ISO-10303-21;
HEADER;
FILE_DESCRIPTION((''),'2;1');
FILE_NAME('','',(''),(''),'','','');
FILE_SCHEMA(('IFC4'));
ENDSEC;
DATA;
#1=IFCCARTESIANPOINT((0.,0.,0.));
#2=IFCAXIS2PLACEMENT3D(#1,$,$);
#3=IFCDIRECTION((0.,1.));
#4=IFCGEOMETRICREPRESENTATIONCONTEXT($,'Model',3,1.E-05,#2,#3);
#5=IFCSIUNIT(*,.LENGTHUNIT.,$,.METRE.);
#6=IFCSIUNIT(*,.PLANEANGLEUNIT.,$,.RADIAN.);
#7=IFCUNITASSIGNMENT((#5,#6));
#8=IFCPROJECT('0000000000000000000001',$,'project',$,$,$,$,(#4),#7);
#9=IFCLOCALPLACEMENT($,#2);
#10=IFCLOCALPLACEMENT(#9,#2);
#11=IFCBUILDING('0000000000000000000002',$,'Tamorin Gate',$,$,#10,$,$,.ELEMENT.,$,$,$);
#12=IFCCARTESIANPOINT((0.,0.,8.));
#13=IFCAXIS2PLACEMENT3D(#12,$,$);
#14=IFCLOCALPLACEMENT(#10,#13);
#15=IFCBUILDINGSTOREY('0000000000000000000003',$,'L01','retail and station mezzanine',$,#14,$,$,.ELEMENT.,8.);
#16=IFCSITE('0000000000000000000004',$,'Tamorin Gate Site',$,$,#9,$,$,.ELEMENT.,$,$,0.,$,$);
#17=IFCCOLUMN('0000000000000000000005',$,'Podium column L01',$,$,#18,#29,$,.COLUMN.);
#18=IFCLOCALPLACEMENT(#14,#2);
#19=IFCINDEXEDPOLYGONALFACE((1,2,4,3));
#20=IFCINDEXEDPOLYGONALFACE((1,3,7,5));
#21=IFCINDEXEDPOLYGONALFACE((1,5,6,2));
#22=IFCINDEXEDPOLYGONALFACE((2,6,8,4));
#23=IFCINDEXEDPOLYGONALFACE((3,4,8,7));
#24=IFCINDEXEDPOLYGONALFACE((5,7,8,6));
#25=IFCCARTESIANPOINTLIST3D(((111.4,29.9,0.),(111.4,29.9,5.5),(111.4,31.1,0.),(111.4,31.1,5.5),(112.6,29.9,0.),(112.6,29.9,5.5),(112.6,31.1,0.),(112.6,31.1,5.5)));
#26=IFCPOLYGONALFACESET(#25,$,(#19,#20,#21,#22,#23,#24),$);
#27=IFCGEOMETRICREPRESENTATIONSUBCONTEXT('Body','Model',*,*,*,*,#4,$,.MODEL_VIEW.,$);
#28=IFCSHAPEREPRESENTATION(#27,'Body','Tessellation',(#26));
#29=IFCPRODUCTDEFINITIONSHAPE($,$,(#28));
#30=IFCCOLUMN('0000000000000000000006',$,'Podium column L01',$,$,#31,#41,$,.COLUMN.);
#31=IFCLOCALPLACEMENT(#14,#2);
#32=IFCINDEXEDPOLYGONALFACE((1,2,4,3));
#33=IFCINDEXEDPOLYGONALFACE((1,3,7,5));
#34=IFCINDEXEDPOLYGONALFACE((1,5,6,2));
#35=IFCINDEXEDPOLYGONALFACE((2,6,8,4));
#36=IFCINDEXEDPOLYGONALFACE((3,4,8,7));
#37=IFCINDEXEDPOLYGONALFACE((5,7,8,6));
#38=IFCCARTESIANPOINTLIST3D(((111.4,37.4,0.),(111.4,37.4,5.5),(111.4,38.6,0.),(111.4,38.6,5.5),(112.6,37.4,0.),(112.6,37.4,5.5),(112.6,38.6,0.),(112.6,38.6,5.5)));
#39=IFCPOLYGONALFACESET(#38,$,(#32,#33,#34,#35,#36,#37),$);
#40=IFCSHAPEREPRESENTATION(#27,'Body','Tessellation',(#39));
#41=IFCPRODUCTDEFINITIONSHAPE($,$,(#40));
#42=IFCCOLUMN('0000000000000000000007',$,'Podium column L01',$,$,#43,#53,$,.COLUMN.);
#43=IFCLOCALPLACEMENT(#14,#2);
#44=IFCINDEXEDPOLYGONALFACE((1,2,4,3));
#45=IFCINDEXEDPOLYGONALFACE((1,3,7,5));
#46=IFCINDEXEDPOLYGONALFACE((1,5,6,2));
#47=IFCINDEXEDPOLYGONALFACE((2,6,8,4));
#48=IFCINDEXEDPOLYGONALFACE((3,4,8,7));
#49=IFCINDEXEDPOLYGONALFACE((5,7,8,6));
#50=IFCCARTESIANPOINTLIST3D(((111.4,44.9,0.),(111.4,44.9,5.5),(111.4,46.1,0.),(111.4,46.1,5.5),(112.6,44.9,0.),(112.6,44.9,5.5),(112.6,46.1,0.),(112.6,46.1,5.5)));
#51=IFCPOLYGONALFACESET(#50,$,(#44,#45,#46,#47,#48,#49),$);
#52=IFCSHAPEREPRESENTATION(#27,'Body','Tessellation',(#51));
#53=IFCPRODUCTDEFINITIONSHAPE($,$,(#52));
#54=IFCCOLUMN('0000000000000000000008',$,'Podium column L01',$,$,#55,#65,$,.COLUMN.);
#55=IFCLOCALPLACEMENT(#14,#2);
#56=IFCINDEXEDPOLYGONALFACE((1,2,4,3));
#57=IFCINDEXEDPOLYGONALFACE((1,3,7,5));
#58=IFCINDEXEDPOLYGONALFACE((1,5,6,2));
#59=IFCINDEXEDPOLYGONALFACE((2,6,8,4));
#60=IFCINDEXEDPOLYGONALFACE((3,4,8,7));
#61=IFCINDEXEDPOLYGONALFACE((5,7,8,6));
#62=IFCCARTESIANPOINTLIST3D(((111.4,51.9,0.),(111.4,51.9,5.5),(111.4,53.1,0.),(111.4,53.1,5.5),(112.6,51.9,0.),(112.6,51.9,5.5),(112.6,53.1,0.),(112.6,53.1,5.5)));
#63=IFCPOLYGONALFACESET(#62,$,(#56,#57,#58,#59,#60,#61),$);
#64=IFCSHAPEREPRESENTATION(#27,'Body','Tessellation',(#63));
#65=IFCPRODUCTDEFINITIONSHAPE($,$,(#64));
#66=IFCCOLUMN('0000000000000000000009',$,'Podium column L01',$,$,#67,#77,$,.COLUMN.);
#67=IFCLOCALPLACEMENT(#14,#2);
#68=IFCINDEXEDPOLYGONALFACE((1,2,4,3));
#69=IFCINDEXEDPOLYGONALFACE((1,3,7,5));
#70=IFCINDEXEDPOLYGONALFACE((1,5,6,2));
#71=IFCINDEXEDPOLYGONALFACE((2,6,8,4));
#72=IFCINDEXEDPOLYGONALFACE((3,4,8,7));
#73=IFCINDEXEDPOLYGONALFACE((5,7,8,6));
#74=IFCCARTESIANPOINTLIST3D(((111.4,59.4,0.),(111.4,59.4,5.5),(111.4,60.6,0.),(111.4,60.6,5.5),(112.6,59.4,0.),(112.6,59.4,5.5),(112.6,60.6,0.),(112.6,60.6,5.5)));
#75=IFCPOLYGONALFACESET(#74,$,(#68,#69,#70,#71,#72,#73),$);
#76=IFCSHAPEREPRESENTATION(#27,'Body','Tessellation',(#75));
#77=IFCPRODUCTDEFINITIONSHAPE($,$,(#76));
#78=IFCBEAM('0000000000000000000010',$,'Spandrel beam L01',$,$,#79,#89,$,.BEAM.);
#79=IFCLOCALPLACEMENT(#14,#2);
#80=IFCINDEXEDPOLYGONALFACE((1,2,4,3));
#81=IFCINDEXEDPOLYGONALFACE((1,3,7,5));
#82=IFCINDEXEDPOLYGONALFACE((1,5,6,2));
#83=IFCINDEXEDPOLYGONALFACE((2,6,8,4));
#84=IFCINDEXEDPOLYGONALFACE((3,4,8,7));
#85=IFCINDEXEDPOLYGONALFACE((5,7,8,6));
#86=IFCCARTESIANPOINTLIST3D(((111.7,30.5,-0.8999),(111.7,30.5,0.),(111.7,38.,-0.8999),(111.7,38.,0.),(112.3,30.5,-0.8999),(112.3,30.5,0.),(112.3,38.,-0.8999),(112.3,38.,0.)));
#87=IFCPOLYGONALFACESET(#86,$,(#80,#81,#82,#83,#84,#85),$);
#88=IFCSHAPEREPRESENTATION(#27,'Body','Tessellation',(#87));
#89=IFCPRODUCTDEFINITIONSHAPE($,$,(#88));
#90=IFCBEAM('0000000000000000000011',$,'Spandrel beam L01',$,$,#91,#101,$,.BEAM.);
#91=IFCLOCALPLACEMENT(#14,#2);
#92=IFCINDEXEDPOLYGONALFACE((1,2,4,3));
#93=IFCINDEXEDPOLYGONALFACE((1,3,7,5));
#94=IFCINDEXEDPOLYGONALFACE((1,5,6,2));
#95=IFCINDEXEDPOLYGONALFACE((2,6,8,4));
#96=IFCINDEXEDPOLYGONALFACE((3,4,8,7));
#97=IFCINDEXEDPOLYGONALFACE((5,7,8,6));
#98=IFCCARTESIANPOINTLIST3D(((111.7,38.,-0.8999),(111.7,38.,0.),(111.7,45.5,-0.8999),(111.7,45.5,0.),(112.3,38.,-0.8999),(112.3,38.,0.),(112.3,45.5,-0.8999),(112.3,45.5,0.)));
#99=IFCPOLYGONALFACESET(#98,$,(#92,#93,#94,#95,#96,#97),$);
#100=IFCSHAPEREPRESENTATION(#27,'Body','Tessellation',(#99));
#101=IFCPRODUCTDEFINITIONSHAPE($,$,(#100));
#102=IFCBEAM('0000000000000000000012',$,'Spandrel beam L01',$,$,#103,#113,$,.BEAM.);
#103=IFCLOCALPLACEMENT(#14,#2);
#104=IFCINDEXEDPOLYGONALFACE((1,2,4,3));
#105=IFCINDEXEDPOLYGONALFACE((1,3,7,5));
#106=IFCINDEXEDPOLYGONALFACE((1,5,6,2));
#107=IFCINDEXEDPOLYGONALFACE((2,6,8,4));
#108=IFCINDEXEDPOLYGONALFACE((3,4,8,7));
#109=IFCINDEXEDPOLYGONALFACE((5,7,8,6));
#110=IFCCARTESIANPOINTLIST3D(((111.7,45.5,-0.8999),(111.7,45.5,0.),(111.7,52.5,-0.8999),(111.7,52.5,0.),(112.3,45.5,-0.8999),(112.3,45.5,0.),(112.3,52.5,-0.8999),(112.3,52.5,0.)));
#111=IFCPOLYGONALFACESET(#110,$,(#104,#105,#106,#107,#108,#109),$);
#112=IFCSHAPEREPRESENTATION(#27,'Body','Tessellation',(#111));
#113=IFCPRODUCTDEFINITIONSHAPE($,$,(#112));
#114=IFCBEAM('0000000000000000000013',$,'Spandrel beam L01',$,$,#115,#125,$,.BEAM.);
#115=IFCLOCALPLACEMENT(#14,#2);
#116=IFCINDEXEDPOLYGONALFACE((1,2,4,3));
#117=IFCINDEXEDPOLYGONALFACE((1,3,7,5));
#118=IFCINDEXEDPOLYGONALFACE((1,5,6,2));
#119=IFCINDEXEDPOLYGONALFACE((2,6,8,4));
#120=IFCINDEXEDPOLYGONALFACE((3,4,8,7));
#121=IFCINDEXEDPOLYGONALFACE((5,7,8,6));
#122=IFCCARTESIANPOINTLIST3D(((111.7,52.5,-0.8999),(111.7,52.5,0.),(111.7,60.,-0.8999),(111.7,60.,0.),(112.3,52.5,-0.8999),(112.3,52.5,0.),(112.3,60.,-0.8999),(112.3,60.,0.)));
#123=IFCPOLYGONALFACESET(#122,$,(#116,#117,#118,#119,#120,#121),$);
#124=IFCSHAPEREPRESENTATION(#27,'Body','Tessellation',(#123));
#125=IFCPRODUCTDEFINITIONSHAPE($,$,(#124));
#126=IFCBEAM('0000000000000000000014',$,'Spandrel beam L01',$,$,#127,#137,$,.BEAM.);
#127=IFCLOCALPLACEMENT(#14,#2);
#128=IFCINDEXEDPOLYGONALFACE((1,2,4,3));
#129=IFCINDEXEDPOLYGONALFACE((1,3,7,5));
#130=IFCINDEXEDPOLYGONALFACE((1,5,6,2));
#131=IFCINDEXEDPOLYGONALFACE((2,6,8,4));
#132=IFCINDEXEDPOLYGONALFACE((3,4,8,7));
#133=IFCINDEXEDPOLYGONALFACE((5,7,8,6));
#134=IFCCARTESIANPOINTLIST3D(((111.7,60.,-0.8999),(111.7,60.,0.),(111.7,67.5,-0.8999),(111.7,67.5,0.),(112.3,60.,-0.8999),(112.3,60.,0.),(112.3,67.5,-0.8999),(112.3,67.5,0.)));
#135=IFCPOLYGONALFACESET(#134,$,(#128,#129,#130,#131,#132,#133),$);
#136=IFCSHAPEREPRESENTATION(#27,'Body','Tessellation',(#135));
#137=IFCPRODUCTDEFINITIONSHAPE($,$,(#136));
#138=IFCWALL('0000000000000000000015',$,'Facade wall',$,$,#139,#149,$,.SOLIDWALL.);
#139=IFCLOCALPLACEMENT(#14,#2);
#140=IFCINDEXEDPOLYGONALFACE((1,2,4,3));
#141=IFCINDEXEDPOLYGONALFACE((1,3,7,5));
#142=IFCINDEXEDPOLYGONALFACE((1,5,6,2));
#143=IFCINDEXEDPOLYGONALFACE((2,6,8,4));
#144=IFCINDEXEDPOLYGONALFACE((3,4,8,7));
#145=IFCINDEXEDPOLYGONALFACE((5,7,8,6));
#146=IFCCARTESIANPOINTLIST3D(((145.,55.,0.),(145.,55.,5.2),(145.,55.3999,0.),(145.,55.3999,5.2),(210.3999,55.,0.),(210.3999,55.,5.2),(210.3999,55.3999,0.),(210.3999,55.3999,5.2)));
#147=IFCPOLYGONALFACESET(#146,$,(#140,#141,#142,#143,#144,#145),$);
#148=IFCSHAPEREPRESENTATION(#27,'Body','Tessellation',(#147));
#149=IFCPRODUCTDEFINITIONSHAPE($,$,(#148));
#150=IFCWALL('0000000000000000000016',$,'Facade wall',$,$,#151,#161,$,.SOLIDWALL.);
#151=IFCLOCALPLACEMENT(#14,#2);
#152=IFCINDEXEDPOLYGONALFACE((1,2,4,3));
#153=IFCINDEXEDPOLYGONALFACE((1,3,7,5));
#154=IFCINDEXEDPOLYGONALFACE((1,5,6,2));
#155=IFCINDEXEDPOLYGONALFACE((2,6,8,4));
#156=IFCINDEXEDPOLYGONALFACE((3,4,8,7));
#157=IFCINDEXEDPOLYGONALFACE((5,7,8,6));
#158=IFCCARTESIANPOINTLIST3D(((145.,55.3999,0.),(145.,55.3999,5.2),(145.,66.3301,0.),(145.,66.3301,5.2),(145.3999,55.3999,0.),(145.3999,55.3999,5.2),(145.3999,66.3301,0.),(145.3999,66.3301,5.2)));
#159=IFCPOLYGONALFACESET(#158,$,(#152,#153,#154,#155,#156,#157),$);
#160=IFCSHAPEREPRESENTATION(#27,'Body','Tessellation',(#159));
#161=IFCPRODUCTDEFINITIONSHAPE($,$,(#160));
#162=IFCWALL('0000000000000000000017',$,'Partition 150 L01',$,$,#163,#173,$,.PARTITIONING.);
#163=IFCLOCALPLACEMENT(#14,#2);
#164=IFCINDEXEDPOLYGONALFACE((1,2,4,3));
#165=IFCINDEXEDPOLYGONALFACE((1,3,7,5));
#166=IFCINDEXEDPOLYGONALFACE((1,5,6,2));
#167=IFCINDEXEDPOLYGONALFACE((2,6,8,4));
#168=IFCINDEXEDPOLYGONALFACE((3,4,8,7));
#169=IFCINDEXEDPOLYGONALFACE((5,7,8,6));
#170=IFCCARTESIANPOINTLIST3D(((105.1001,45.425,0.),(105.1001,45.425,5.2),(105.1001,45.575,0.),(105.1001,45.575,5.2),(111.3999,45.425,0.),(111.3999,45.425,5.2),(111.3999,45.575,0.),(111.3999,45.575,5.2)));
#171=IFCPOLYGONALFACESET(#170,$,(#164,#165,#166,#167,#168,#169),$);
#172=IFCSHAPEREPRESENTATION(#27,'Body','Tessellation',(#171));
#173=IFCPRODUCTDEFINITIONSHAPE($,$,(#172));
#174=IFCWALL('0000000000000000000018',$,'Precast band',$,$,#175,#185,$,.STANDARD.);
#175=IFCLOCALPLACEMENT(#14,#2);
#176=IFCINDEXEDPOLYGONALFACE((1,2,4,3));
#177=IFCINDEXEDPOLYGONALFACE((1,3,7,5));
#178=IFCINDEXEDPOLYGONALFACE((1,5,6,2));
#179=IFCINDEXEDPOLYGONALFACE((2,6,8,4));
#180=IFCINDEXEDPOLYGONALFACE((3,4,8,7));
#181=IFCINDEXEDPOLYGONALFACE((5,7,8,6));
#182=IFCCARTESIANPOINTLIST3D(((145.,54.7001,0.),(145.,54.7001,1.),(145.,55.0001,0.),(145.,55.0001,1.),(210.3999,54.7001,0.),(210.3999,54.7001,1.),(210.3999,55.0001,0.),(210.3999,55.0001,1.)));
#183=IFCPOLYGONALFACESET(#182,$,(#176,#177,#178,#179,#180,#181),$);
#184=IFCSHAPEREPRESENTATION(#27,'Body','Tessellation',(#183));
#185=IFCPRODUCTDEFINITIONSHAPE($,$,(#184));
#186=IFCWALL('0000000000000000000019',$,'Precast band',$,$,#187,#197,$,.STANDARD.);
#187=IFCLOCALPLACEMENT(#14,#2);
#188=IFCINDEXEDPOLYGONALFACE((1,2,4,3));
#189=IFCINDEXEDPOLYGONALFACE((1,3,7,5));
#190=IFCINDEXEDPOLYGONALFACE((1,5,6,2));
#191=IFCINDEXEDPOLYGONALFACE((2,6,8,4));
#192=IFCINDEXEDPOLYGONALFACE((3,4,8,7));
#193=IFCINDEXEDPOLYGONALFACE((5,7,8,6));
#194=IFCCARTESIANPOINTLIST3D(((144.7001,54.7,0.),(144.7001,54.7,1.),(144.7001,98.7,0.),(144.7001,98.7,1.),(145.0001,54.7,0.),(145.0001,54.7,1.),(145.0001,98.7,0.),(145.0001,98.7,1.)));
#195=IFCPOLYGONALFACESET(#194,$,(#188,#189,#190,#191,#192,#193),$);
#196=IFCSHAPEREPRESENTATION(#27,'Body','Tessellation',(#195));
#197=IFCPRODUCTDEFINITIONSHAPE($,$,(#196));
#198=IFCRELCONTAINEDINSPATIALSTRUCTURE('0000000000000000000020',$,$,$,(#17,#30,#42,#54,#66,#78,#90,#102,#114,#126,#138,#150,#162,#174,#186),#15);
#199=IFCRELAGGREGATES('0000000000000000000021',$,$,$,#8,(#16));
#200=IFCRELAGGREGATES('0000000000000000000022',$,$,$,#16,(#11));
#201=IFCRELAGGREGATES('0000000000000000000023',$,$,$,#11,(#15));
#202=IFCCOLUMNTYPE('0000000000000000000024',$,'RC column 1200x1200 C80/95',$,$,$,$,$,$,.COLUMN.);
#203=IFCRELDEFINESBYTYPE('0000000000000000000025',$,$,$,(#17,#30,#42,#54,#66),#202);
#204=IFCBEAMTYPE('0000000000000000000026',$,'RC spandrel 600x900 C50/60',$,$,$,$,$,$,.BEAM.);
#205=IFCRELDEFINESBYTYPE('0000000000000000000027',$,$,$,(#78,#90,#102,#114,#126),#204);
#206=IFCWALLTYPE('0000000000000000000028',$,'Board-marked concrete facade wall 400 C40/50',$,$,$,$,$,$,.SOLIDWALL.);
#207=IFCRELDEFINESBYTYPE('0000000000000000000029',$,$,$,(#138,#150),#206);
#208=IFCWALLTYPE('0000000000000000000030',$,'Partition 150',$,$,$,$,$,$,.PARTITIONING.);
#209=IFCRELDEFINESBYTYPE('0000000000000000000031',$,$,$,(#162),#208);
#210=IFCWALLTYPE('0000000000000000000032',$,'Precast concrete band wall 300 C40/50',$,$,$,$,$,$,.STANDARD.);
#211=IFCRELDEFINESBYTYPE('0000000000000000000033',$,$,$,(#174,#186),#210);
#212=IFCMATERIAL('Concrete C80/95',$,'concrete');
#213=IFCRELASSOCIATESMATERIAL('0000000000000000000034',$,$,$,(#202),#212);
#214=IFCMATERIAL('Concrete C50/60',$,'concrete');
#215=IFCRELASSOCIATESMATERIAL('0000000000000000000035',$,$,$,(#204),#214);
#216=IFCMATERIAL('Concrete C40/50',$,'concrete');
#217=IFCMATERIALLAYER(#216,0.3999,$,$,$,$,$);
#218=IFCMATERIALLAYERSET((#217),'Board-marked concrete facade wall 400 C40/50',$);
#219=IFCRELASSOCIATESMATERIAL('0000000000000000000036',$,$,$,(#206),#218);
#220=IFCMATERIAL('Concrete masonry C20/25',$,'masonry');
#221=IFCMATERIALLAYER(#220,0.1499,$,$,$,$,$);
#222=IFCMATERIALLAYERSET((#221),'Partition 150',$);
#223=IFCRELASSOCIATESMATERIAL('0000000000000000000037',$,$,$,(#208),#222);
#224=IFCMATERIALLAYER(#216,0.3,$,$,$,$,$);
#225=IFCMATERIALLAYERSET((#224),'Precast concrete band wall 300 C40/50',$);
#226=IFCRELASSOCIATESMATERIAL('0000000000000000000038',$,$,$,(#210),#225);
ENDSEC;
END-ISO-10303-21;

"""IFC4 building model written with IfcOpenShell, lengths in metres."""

from ifc_helpers import new_model, si_unit, direction, frame, frame_2d, origin, origin_2d, place, context, subcontext, project, spatial, rectangle, extrude, material, layer, layer_set, material_profile, profile_set, type_object, element, save


model = new_model("IFC4")

# Units and contexts
model_context = context("Model", 3, precision=1e-05, world=origin(), true_north=direction((0.0, 1.0)))
body_context = subcontext(model_context, "Body", "Model", "MODEL_VIEW")
ifc_project = project(units=[si_unit("LENGTHUNIT", "METRE"), si_unit("PLANEANGLEUNIT", "RADIAN")], contexts=[model_context])

# Site, building, storey
site_placement = place(None, origin())
site = spatial("IfcSite", under=ifc_project, at=site_placement, Name="Tamorin Gate Site", CompositionType="ELEMENT", RefElevation=0.0)
building_placement = place(site_placement, origin())
building = spatial("IfcBuilding", under=site, at=building_placement, Name="Tamorin Gate", CompositionType="ELEMENT")
storey_placement = place(building_placement, frame((0.0, 0.0, 8.0)))
storey = spatial("IfcBuildingStorey", under=building, at=storey_placement, Name="L01", Description="retail and station mezzanine", CompositionType="ELEMENT", Elevation=8.0)

# Columns
ifc_material_1 = material(Name="Concrete C80/95", Category="concrete")
ifc_material_profile_1 = material_profile(ifc_material_1, rectangle(XDim=1.2, YDim=1.2, at=origin_2d()), Name="RC 1200x1200")
ifc_profile_set_1 = profile_set([ifc_material_profile_1], Name="Concrete C80/95")
column_type = type_object("IfcColumnType", Name="RC column 1200x1200 C80/95", PredefinedType="COLUMN", material=ifc_profile_set_1)
for number, where, z_axis, x_axis, name in (
    (1, (112.0, 30.5, 0.0), (0.0, 0.0, 1.0), (1.0, 0.0, 0.0), "Podium column L01"),
    (2, (112.0, 38.0, 0.0), (0.0, 0.0, 1.0), (1.0, 0.0, 0.0), "Podium column L01"),
    (3, (112.0, 45.5, 0.0), (0.0, 0.0, 1.0), (1.0, 0.0, 0.0), "Podium column L01"),
    (4, (112.0, 52.5, 0.0), (0.0, 0.0, 1.0), (1.0, 0.0, 0.0), "Podium column L01"),
    (5, (112.0, 60.0, 0.0), (0.0, 0.0, 1.0), (1.0, 0.0, 0.0), "Podium column L01"),
):
    element("IfcColumn", number, at=place(storey_placement, frame(where, z_axis=z_axis, x_axis=x_axis)), inside=storey, type_object=column_type, Name=name, PredefinedType="COLUMN", context=body_context, shape_type="SweptSolid", body=[
        extrude(rectangle(XDim=1.2, YDim=1.2, at=origin_2d()), origin(), (0.0, 0.0, 1.0), 5.5),
    ])

# Beams
ifc_material_2 = material(Name="Concrete C50/60", Category="concrete")
ifc_material_profile_2 = material_profile(ifc_material_2, rectangle(XDim=0.6001, YDim=0.8999, at=origin_2d()), Name="RC 600x900")
ifc_profile_set_2 = profile_set([ifc_material_profile_2], Name="Concrete C50/60")
beam_type = type_object("IfcBeamType", Name="RC spandrel 600x900 C50/60", PredefinedType="BEAM", material=ifc_profile_set_2)
for number, where, z_axis, x_axis, name in (
    (6, (112.0, 30.5, -0.45), (0.0, 1.0, 0.0), (-1.0, 0.0, 0.0), "Spandrel beam L01"),
    (7, (112.0, 38.0, -0.45), (0.0, 1.0, 0.0), (-1.0, 0.0, 0.0), "Spandrel beam L01"),
):
    element("IfcBeam", number, at=place(storey_placement, frame(where, z_axis=z_axis, x_axis=x_axis)), inside=storey, type_object=beam_type, Name=name, PredefinedType="BEAM", context=body_context, shape_type="SweptSolid", body=[
        extrude(rectangle(XDim=0.6001, YDim=0.8999, at=origin_2d()), origin(), (0.0, 0.0, 1.0), 7.5),
    ])
beam_placement = place(storey_placement, frame((112.0, 45.5, -0.45), z_axis=(0.0, 1.0, 0.0), x_axis=(-1.0, 0.0, 0.0)))
element("IfcBeam", 8, at=beam_placement, inside=storey, type_object=beam_type, Name="Spandrel beam L01", PredefinedType="BEAM", context=body_context, shape_type="SweptSolid", body=[
    extrude(rectangle(XDim=0.6001, YDim=0.8999, at=origin_2d()), origin(), (0.0, 0.0, 1.0), 7.0),
])
for number, where, z_axis, x_axis, name in (
    (9, (112.0, 52.5, -0.45), (0.0, 1.0, 0.0), (-1.0, 0.0, 0.0), "Spandrel beam L01"),
    (10, (112.0, 60.0, -0.45), (0.0, 1.0, 0.0), (-1.0, 0.0, 0.0), "Spandrel beam L01"),
):
    element("IfcBeam", number, at=place(storey_placement, frame(where, z_axis=z_axis, x_axis=x_axis)), inside=storey, type_object=beam_type, Name=name, PredefinedType="BEAM", context=body_context, shape_type="SweptSolid", body=[
        extrude(rectangle(XDim=0.6001, YDim=0.8999, at=origin_2d()), origin(), (0.0, 0.0, 1.0), 7.5),
    ])

# Walls
ifc_material_3 = material(Name="Concrete C40/50", Category="concrete")
ifc_layer_1 = layer(ifc_material_3, 0.3999)
ifc_layer_set_1 = layer_set([ifc_layer_1], Name="Board-marked concrete facade wall 400 C40/50")
wall_type_1 = type_object("IfcWallType", Name="Board-marked concrete facade wall 400 C40/50", PredefinedType="SOLIDWALL", material=ifc_layer_set_1)
wall_1_placement = place(storey_placement, frame((145.0, 55.2, 0.0), z_axis=(0.0, 0.0, 1.0), x_axis=(1.0, 0.0, 0.0)))
element("IfcWall", 11, at=wall_1_placement, inside=storey, type_object=wall_type_1, Name="Facade wall", PredefinedType="SOLIDWALL", context=body_context, shape_type="SweptSolid", body=[
    extrude(rectangle(XDim=65.3999, YDim=0.3999, at=frame_2d((32.7, 0.0))), origin(), (0.0, 0.0, 1.0), 5.2),
])
wall_2_placement = place(storey_placement, frame((145.2, 55.3999, 0.0), z_axis=(0.0, 0.0, 1.0), x_axis=(0.0, 1.0, 0.0)))
element("IfcWall", 12, at=wall_2_placement, inside=storey, type_object=wall_type_1, Name="Facade wall", PredefinedType="SOLIDWALL", context=body_context, shape_type="SweptSolid", body=[
    extrude(rectangle(XDim=10.9302, YDim=0.3999, at=frame_2d((5.4651, 0.0))), origin(), (0.0, 0.0, 1.0), 5.2),
])
ifc_material_4 = material(Name="Concrete masonry C20/25", Category="masonry")
ifc_layer_2 = layer(ifc_material_4, 0.1499)
ifc_layer_set_2 = layer_set([ifc_layer_2], Name="Partition 150")
wall_type_2 = type_object("IfcWallType", Name="Partition 150", PredefinedType="PARTITIONING", material=ifc_layer_set_2)
wall_3_placement = place(storey_placement, frame((105.1001, 45.5, 0.0), z_axis=(0.0, 0.0, 1.0), x_axis=(1.0, 0.0, 0.0)))
element("IfcWall", 13, at=wall_3_placement, inside=storey, type_object=wall_type_2, Name="Partition 150 L01", PredefinedType="PARTITIONING", context=body_context, shape_type="SweptSolid", body=[
    extrude(rectangle(XDim=6.2998, YDim=0.1499, at=frame_2d((3.1499, 0.0))), origin(), (0.0, 0.0, 1.0), 5.2),
])
ifc_layer_3 = layer(ifc_material_3, 0.3)
ifc_layer_set_3 = layer_set([ifc_layer_3], Name="Precast concrete band wall 300 C40/50")
wall_type_3 = type_object("IfcWallType", Name="Precast concrete band wall 300 C40/50", PredefinedType="STANDARD", material=ifc_layer_set_3)
wall_4_placement = place(storey_placement, frame((145.0, 54.8501, 0.0), z_axis=(0.0, 0.0, 1.0), x_axis=(1.0, 0.0, 0.0)))
element("IfcWall", 14, at=wall_4_placement, inside=storey, type_object=wall_type_3, Name="Precast band", PredefinedType="STANDARD", context=body_context, shape_type="SweptSolid", body=[
    extrude(rectangle(XDim=65.3999, YDim=0.3, at=frame_2d((32.7, 0.0))), origin(), (0.0, 0.0, 1.0), 1.0),
])
wall_5_placement = place(storey_placement, frame((144.8501, 54.7, 0.0), z_axis=(0.0, 0.0, 1.0), x_axis=(0.0, 1.0, 0.0)))
element("IfcWall", 15, at=wall_5_placement, inside=storey, type_object=wall_type_3, Name="Precast band", PredefinedType="STANDARD", context=body_context, shape_type="SweptSolid", body=[
    extrude(rectangle(XDim=44.0, YDim=0.3, at=frame_2d((22.0, 0.0))), origin(), (0.0, 0.0, 1.0), 1.0),
])

save(model, "model.ifc")
